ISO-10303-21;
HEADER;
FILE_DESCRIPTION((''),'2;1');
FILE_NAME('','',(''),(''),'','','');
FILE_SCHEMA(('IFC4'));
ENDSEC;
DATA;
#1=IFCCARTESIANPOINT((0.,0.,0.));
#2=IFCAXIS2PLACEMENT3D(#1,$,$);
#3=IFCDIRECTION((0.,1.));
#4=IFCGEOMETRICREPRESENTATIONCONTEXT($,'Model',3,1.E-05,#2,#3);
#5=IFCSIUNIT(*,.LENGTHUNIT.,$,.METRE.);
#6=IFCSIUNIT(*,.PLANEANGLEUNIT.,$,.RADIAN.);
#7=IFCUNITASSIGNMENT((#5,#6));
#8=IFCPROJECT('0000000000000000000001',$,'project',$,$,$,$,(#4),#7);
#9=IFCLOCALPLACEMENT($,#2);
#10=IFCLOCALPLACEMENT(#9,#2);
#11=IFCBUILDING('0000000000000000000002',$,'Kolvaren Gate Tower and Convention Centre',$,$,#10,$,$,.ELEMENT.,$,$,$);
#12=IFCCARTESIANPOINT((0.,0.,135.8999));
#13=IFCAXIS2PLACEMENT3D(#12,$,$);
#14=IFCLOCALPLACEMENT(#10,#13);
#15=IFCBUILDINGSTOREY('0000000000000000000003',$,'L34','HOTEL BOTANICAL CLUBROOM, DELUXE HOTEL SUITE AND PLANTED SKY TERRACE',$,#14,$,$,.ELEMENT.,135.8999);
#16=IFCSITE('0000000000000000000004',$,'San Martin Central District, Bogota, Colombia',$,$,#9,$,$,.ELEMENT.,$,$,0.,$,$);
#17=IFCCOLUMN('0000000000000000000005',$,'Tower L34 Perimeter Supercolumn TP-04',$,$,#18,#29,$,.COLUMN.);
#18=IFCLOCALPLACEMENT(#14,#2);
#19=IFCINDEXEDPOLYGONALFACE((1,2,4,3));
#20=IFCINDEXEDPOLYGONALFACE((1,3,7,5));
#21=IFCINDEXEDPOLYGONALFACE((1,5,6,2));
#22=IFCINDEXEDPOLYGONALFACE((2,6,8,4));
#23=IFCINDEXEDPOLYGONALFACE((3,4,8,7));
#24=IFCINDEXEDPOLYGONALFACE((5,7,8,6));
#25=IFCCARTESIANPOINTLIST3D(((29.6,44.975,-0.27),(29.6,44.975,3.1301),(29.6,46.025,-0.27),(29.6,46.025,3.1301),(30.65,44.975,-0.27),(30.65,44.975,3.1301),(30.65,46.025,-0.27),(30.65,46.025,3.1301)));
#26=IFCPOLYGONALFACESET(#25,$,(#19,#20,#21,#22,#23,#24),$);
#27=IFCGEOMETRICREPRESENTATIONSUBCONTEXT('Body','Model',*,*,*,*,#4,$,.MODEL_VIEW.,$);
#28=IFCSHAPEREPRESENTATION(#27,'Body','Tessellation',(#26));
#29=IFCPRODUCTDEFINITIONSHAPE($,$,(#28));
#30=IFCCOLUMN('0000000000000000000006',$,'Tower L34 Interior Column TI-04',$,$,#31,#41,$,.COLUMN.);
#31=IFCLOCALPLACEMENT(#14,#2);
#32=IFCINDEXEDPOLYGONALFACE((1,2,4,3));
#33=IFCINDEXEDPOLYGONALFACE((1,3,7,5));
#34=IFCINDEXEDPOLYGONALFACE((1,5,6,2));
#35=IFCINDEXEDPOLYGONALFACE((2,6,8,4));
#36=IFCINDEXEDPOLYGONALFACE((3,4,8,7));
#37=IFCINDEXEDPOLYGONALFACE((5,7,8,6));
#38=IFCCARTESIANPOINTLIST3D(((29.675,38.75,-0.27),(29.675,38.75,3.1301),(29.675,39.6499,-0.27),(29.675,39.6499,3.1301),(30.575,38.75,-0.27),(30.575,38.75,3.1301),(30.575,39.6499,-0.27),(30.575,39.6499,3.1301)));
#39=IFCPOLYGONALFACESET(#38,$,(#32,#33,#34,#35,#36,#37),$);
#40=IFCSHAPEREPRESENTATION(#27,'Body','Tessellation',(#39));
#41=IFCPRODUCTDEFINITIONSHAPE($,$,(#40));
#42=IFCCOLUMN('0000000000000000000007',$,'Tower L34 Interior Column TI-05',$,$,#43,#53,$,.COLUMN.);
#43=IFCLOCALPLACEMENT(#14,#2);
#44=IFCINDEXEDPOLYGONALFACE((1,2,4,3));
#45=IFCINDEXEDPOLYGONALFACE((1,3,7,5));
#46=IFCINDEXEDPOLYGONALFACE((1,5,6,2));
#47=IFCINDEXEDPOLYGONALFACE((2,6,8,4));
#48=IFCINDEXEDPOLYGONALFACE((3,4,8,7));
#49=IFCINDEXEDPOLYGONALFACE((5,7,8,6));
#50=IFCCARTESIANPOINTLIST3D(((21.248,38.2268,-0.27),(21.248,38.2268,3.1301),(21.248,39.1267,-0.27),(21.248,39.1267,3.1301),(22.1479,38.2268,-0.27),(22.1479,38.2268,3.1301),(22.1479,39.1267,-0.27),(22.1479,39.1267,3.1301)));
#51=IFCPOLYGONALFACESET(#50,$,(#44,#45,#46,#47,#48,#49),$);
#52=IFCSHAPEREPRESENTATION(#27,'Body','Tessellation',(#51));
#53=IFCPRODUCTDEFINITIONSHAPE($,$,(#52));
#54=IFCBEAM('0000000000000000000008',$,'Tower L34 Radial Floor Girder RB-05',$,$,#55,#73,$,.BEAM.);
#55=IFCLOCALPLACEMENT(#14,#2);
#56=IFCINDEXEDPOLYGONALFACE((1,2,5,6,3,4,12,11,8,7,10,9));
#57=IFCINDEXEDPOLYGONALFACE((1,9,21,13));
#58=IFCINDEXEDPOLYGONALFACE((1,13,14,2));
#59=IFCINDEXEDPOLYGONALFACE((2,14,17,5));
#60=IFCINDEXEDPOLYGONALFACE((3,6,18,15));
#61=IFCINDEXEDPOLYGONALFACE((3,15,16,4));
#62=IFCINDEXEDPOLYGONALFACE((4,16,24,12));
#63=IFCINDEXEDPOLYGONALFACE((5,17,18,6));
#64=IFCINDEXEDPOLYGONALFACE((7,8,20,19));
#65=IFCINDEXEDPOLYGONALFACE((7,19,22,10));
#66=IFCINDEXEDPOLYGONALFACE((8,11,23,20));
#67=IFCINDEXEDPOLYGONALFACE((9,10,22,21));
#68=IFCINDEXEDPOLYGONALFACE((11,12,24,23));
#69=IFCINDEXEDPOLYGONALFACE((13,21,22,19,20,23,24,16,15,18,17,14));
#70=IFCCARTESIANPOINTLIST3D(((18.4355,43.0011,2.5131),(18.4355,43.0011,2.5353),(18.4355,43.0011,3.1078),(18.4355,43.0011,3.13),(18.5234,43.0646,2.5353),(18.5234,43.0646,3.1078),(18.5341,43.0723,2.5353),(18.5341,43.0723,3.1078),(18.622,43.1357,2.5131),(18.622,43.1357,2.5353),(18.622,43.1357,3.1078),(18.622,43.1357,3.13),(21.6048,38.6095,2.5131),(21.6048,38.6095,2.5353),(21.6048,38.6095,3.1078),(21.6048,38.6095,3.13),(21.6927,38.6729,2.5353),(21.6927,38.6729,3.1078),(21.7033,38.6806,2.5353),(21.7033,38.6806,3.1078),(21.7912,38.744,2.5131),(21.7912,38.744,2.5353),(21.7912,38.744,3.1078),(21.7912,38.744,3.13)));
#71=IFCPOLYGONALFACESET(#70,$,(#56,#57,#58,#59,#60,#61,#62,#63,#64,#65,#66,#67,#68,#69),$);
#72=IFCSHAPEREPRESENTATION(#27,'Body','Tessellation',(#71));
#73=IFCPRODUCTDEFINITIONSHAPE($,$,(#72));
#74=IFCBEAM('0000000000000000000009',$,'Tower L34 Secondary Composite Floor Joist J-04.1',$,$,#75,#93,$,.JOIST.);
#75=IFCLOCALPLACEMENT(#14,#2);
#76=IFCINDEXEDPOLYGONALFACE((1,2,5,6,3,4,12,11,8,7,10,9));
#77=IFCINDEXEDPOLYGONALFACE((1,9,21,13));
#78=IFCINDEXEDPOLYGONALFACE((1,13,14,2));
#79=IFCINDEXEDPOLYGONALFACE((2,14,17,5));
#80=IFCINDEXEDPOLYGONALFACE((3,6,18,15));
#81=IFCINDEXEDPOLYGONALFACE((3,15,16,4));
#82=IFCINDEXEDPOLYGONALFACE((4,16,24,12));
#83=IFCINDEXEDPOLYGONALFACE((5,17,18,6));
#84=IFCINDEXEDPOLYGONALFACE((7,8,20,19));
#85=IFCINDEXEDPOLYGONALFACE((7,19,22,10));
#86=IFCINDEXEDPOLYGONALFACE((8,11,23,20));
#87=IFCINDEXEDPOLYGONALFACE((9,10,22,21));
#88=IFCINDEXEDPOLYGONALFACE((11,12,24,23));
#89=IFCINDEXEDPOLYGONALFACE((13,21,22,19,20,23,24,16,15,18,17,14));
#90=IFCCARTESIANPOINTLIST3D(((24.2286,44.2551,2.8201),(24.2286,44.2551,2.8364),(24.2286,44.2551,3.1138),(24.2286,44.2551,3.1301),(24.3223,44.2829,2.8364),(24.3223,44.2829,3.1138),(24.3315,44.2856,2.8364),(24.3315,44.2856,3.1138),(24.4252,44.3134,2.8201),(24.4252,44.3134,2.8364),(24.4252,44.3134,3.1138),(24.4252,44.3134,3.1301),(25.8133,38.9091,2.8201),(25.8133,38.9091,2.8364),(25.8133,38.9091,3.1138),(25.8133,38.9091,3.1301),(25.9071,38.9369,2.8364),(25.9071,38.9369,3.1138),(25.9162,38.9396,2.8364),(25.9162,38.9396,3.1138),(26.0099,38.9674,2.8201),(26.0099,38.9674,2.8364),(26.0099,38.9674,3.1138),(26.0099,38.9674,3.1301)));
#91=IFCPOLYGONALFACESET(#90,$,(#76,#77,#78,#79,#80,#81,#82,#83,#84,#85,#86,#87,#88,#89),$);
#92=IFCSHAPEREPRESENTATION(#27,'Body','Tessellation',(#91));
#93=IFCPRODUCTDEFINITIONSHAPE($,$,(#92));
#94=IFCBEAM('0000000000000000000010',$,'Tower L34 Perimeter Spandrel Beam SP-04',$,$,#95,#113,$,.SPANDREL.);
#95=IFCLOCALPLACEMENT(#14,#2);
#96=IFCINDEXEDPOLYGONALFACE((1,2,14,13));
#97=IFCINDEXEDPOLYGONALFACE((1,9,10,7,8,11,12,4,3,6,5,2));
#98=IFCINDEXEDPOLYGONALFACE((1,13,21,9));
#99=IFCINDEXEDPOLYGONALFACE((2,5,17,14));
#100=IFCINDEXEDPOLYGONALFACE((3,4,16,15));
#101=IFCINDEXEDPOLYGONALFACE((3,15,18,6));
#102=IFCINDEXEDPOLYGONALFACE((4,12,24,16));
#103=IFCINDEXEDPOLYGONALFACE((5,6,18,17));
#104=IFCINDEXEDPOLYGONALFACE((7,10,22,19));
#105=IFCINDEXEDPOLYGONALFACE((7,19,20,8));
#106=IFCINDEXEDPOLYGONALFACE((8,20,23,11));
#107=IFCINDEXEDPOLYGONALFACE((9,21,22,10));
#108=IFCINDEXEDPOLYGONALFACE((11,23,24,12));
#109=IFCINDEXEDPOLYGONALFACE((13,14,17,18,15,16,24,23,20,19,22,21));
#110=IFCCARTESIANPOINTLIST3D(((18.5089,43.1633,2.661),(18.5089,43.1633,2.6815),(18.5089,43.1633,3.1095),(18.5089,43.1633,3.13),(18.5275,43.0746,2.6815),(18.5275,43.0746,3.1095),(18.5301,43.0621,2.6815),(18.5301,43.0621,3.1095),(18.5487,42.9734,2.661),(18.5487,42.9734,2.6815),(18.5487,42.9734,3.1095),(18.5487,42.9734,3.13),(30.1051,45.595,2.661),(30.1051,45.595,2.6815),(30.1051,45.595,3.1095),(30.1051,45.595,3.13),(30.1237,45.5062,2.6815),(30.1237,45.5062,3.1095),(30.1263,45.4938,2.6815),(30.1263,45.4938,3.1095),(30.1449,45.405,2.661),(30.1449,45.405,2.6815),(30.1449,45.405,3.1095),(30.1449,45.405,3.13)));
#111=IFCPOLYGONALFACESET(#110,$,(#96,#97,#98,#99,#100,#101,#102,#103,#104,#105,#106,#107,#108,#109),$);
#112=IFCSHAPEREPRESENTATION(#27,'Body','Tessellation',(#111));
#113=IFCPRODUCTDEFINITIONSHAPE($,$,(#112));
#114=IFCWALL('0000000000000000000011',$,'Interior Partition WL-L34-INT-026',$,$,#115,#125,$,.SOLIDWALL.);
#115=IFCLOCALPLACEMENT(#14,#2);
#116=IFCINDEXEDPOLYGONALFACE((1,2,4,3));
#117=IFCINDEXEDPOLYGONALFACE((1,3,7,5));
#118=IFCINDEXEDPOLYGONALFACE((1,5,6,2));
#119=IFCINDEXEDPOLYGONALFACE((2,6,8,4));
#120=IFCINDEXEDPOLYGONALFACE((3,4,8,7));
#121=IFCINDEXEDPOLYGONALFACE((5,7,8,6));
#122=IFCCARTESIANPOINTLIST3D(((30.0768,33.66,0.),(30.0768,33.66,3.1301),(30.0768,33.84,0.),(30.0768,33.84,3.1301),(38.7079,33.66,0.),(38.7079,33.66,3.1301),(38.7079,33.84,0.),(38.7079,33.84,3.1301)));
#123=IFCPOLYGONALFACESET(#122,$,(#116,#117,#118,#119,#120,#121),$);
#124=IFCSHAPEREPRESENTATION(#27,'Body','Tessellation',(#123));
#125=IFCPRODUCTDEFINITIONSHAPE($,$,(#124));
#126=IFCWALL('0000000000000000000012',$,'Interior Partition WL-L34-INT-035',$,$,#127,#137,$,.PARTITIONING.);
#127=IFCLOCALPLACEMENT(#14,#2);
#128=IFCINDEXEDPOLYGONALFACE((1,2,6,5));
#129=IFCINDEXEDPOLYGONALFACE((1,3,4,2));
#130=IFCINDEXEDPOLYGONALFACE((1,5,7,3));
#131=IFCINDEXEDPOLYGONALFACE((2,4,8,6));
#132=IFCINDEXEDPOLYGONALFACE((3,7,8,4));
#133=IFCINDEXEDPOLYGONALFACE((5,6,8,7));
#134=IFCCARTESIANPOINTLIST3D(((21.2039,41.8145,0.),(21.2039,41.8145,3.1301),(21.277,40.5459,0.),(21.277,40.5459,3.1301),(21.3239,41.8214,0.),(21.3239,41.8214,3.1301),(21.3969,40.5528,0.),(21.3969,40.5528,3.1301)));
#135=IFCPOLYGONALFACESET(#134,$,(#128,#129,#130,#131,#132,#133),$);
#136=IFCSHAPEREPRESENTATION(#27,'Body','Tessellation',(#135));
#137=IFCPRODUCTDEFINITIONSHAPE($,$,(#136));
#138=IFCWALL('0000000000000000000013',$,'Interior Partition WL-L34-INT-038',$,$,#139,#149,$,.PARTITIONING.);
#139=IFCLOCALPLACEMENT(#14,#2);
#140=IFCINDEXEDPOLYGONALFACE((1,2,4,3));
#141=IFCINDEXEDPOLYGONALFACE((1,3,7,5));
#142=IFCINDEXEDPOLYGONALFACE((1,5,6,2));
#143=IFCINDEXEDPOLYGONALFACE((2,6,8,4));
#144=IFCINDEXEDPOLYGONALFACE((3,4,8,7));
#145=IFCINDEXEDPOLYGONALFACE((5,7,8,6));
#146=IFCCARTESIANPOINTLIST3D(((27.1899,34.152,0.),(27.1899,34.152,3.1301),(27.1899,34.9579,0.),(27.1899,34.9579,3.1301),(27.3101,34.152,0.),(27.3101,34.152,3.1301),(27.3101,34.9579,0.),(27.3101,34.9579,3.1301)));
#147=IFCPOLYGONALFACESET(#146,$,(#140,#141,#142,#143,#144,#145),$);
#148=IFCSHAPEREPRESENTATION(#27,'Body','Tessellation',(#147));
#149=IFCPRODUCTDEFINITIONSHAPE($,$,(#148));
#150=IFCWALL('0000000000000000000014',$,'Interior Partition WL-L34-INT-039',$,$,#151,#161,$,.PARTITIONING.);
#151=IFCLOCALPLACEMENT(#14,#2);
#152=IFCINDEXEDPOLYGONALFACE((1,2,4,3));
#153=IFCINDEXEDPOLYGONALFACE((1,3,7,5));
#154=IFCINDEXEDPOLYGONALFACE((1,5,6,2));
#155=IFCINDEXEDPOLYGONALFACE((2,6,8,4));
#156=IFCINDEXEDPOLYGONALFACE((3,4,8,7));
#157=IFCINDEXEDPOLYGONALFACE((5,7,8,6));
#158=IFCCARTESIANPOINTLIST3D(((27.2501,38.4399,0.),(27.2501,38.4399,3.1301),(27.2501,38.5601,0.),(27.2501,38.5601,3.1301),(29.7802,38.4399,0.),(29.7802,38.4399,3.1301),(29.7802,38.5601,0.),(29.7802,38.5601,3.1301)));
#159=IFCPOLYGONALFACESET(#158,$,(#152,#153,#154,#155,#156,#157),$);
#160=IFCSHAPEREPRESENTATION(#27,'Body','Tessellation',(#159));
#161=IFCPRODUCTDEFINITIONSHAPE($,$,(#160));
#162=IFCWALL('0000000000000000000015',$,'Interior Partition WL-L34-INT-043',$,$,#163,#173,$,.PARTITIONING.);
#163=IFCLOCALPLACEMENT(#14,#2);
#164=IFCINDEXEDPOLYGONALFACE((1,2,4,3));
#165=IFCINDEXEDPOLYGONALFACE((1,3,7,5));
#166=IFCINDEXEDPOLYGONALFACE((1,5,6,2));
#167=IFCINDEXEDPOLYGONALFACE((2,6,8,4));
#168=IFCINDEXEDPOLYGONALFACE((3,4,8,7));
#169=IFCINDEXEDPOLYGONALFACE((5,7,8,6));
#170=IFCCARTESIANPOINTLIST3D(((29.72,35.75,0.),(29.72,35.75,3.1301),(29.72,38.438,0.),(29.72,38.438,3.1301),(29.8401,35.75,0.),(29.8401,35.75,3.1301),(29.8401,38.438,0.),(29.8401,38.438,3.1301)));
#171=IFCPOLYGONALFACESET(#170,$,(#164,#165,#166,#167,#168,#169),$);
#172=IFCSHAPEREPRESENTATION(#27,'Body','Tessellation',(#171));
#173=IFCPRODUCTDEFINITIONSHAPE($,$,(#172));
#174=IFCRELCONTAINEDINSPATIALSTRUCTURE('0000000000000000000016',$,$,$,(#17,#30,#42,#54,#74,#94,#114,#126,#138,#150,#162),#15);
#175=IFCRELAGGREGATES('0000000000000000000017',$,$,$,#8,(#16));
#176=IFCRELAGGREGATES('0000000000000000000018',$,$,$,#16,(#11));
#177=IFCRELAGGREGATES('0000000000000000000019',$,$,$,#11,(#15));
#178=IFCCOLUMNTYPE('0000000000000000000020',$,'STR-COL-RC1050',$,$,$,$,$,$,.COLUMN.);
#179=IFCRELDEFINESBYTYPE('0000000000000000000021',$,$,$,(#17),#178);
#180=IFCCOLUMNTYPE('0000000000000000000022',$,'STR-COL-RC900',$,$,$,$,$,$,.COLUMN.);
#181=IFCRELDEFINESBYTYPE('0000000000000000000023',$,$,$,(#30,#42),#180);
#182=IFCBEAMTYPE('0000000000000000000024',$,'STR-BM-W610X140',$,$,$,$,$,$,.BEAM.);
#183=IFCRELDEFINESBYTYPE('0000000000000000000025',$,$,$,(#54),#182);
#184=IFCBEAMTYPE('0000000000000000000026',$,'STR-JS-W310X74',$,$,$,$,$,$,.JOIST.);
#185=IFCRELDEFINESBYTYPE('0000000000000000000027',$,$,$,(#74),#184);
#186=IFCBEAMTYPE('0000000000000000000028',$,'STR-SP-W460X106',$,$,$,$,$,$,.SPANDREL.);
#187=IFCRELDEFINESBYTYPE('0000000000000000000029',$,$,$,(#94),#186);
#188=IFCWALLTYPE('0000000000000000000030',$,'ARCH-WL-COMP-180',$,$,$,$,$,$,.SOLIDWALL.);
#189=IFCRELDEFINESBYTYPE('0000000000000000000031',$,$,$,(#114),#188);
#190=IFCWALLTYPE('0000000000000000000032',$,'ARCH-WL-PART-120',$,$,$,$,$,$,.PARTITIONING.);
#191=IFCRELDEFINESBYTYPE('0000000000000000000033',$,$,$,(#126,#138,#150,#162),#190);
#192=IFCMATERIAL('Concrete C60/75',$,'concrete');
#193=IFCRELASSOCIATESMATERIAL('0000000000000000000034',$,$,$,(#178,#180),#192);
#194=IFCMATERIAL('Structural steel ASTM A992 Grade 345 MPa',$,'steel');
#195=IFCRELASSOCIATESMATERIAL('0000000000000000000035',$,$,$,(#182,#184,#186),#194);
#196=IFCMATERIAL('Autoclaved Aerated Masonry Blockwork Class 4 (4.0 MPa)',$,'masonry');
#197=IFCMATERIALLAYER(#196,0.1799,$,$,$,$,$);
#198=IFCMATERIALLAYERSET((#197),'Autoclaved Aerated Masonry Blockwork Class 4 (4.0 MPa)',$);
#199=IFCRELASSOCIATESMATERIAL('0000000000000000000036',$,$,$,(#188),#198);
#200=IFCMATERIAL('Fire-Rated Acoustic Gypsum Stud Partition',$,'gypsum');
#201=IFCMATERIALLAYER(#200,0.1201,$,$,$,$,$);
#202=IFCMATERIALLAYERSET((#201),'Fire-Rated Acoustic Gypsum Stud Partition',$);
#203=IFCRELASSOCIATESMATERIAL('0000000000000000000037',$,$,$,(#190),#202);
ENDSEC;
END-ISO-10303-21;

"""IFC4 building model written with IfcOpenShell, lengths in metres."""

from ifc_helpers import new_model, si_unit, direction, frame, frame_2d, origin, origin_2d, place, context, subcontext, project, spatial, rectangle, i_section, extrude, material, layer, layer_set, material_profile, profile_set, type_object, element, save


model = new_model("IFC4")

# Units and contexts
model_context = context("Model", 3, precision=1e-05, world=origin(), true_north=direction((0.0, 1.0)))
body_context = subcontext(model_context, "Body", "Model", "MODEL_VIEW")
ifc_project = project(units=[si_unit("LENGTHUNIT", "METRE"), si_unit("PLANEANGLEUNIT", "RADIAN")], contexts=[model_context])

# Site, building, storey
site_placement = place(None, origin())
site = spatial("IfcSite", under=ifc_project, at=site_placement, Name="San Martin Central District, Bogota, Colombia", CompositionType="ELEMENT", RefElevation=0.0)
building_placement = place(site_placement, origin())
building = spatial("IfcBuilding", under=site, at=building_placement, Name="Kolvaren Gate Tower and Convention Centre", CompositionType="ELEMENT")
storey_placement = place(building_placement, frame((0.0, 0.0, 135.8999)))
storey = spatial("IfcBuildingStorey", under=building, at=storey_placement, Name="L34", Description="HOTEL BOTANICAL CLUBROOM, DELUXE HOTEL SUITE AND PLANTED SKY TERRACE", CompositionType="ELEMENT", Elevation=135.8999)

# Columns
ifc_material_1 = material(Name="Concrete C60/75", Category="concrete")
ifc_material_profile_1 = material_profile(ifc_material_1, rectangle(XDim=1.05, YDim=1.05, at=origin_2d()), Name="RC-COL-1050X1050")
ifc_profile_set_1 = profile_set([ifc_material_profile_1], Name="Concrete C60/75")
column_type_1 = type_object("IfcColumnType", Name="STR-COL-RC1050", PredefinedType="COLUMN", material=ifc_profile_set_1)
column_placement = place(storey_placement, frame((30.125, 45.5, -0.27), z_axis=(0.0, 0.0, 1.0), x_axis=(1.0, 0.0, 0.0)))
element("IfcColumn", 1, at=column_placement, inside=storey, type_object=column_type_1, Name="Tower L34 Perimeter Supercolumn TP-04", PredefinedType="COLUMN", context=body_context, shape_type="SweptSolid", body=[
    extrude(rectangle(XDim=1.05, YDim=1.05, at=origin_2d()), origin(), (0.0, 0.0, 1.0), 3.4001),
])
ifc_material_profile_2 = material_profile(ifc_material_1, rectangle(XDim=0.8999, YDim=0.8999, at=origin_2d()), Name="RC-COL-900X900")
ifc_profile_set_2 = profile_set([ifc_material_profile_2], Name="Concrete C60/75")
column_type_2 = type_object("IfcColumnType", Name="STR-COL-RC900", PredefinedType="COLUMN", material=ifc_profile_set_2)
for number, where, z_axis, x_axis, name in (
    (2, (30.125, 39.2, -0.27), (0.0, 0.0, 1.0), (1.0, 0.0, 0.0), "Tower L34 Interior Column TI-04"),
    (3, (21.698, 38.6768, -0.27), (0.0, 0.0, 1.0), (1.0, 0.0, 0.0), "Tower L34 Interior Column TI-05"),
):
    element("IfcColumn", number, at=place(storey_placement, frame(where, z_axis=z_axis, x_axis=x_axis)), inside=storey, type_object=column_type_2, Name=name, PredefinedType="COLUMN", context=body_context, shape_type="SweptSolid", body=[
        extrude(rectangle(XDim=0.8999, YDim=0.8999, at=origin_2d()), origin(), (0.0, 0.0, 1.0), 3.4001),
    ])

# Beams
ifc_material_2 = material(Name="Structural steel ASTM A992 Grade 345 MPa", Category="steel")
ifc_material_profile_3 = material_profile(ifc_material_2, i_section(OverallWidth=0.23, OverallDepth=0.6169, WebThickness=0.0132, FlangeThickness=0.0222, at=origin_2d()), Name="W610X140")
ifc_profile_set_3 = profile_set([ifc_material_profile_3], Name="Structural steel ASTM A992 Grade 345 MPa")
beam_type_1 = type_object("IfcBeamType", Name="STR-BM-W610X140", PredefinedType="BEAM", material=ifc_profile_set_3)
beam_1_placement = place(storey_placement, frame((21.698, 38.6768, 2.8215), z_axis=(-0.585184, 0.8109, 0.0), x_axis=(-0.8109, -0.585184, 0.0)))
element("IfcBeam", 4, at=beam_1_placement, inside=storey, type_object=beam_type_1, Name="Tower L34 Radial Floor Girder RB-05", PredefinedType="BEAM", context=body_context, shape_type="SweptSolid", body=[
    extrude(i_section(OverallWidth=0.23, OverallDepth=0.6169, WebThickness=0.0132, FlangeThickness=0.0222, at=origin_2d()), origin(), (0.0, 0.0, 1.0), 5.4158),
])
ifc_material_profile_4 = material_profile(ifc_material_2, i_section(OverallWidth=0.2051, OverallDepth=0.3101, WebThickness=0.0095, FlangeThickness=0.0164, at=origin_2d()), Name="W310X74")
ifc_profile_set_4 = profile_set([ifc_material_profile_4], Name="Structural steel ASTM A992 Grade 345 MPa")
beam_type_2 = type_object("IfcBeamType", Name="STR-JS-W310X74", PredefinedType="JOIST", material=ifc_profile_set_4)
beam_2_placement = place(storey_placement, frame((25.9116, 38.9382, 2.9751), z_axis=(-0.284209, 0.958762, 0.0), x_axis=(-0.958762, -0.284209, 0.0)))
element("IfcBeam", 5, at=beam_2_placement, inside=storey, type_object=beam_type_2, Name="Tower L34 Secondary Composite Floor Joist J-04.1", PredefinedType="JOIST", context=body_context, shape_type="SweptSolid", body=[
    extrude(i_section(OverallWidth=0.2051, OverallDepth=0.3101, WebThickness=0.0095, FlangeThickness=0.0164, at=origin_2d()), origin(), (0.0, 0.0, 1.0), 5.5759),
])
ifc_material_profile_5 = material_profile(ifc_material_2, i_section(OverallWidth=0.1941, OverallDepth=0.469, WebThickness=0.0127, FlangeThickness=0.0205, at=origin_2d()), Name="W460X106")
ifc_profile_set_5 = profile_set([ifc_material_profile_5], Name="Structural steel ASTM A992 Grade 345 MPa")
beam_type_3 = type_object("IfcBeamType", Name="STR-SP-W460X106", PredefinedType="SPANDREL", material=ifc_profile_set_5)
beam_3_placement = place(storey_placement, frame((30.125, 45.5, 2.8955), z_axis=(-0.978714, -0.205229, 0.0), x_axis=(0.205229, -0.978714, 0.0)))
element("IfcBeam", 6, at=beam_3_placement, inside=storey, type_object=beam_type_3, Name="Tower L34 Perimeter Spandrel Beam SP-04", PredefinedType="SPANDREL", context=body_context, shape_type="SweptSolid", body=[
    extrude(i_section(OverallWidth=0.1941, OverallDepth=0.469, WebThickness=0.0127, FlangeThickness=0.0205, at=origin_2d()), origin(), (0.0, 0.0, 1.0), 11.8484),
])

# Walls
ifc_material_3 = material(Name="Autoclaved Aerated Masonry Blockwork Class 4 (4.0 MPa)", Category="masonry")
ifc_layer_1 = layer(ifc_material_3, 0.1799)
ifc_layer_set_1 = layer_set([ifc_layer_1], Name="Autoclaved Aerated Masonry Blockwork Class 4 (4.0 MPa)")
wall_type_1 = type_object("IfcWallType", Name="ARCH-WL-COMP-180", PredefinedType="SOLIDWALL", material=ifc_layer_set_1)
wall_1_placement = place(storey_placement, frame((30.0769, 33.75, 0.0), z_axis=(0.0, 0.0, 1.0), x_axis=(1.0, 0.0, 0.0)))
element("IfcWall", 7, at=wall_1_placement, inside=storey, type_object=wall_type_1, Name="Interior Partition WL-L34-INT-026", PredefinedType="SOLIDWALL", context=body_context, shape_type="SweptSolid", body=[
    extrude(rectangle(XDim=8.6311, YDim=0.1799, at=frame_2d((4.3154, 0.0))), origin(), (0.0, 0.0, 1.0), 3.1301),
])
ifc_material_4 = material(Name="Fire-Rated Acoustic Gypsum Stud Partition", Category="gypsum")
ifc_layer_2 = layer(ifc_material_4, 0.1201)
ifc_layer_set_2 = layer_set([ifc_layer_2], Name="Fire-Rated Acoustic Gypsum Stud Partition")
wall_type_2 = type_object("IfcWallType", Name="ARCH-WL-PART-120", PredefinedType="PARTITIONING", material=ifc_layer_set_2)
wall_2_placement = place(storey_placement, frame((21.2639, 41.8179, 0.0), z_axis=(0.0, 0.0, 1.0), x_axis=(0.057449, -0.998348, 0.0)))
element("IfcWall", 8, at=wall_2_placement, inside=storey, type_object=wall_type_2, Name="Interior Partition WL-L34-INT-035", PredefinedType="PARTITIONING", context=body_context, shape_type="SweptSolid", body=[
    extrude(rectangle(XDim=1.2708, YDim=0.1201, at=frame_2d((0.6353, 0.0))), origin(), (0.0, 0.0, 1.0), 3.1301),
])
wall_3_placement = place(storey_placement, frame((27.25, 34.1521, 0.0), z_axis=(0.0, 0.0, 1.0), x_axis=(0.0, 1.0, 0.0)))
element("IfcWall", 9, at=wall_3_placement, inside=storey, type_object=wall_type_2, Name="Interior Partition WL-L34-INT-038", PredefinedType="PARTITIONING", context=body_context, shape_type="SweptSolid", body=[
    extrude(rectangle(XDim=0.8059, YDim=0.1201, at=frame_2d((0.4028, 0.0))), origin(), (0.0, 0.0, 1.0), 3.1301),
])
wall_4_placement = place(storey_placement, frame((27.25, 38.5, 0.0), z_axis=(0.0, 0.0, 1.0), x_axis=(1.0, 0.0, 0.0)))
element("IfcWall", 10, at=wall_4_placement, inside=storey, type_object=wall_type_2, Name="Interior Partition WL-L34-INT-039", PredefinedType="PARTITIONING", context=body_context, shape_type="SweptSolid", body=[
    extrude(rectangle(XDim=2.53, YDim=0.1201, at=frame_2d((1.2651, 0.0))), origin(), (0.0, 0.0, 1.0), 3.1301),
])
wall_5_placement = place(storey_placement, frame((29.78, 35.75, 0.0), z_axis=(0.0, 0.0, 1.0), x_axis=(0.0, 1.0, 0.0)))
element("IfcWall", 11, at=wall_5_placement, inside=storey, type_object=wall_type_2, Name="Interior Partition WL-L34-INT-043", PredefinedType="PARTITIONING", context=body_context, shape_type="SweptSolid", body=[
    extrude(rectangle(XDim=2.688, YDim=0.1201, at=frame_2d((1.344, 0.0))), origin(), (0.0, 0.0, 1.0), 3.1301),
])

save(model, "model.ifc")
